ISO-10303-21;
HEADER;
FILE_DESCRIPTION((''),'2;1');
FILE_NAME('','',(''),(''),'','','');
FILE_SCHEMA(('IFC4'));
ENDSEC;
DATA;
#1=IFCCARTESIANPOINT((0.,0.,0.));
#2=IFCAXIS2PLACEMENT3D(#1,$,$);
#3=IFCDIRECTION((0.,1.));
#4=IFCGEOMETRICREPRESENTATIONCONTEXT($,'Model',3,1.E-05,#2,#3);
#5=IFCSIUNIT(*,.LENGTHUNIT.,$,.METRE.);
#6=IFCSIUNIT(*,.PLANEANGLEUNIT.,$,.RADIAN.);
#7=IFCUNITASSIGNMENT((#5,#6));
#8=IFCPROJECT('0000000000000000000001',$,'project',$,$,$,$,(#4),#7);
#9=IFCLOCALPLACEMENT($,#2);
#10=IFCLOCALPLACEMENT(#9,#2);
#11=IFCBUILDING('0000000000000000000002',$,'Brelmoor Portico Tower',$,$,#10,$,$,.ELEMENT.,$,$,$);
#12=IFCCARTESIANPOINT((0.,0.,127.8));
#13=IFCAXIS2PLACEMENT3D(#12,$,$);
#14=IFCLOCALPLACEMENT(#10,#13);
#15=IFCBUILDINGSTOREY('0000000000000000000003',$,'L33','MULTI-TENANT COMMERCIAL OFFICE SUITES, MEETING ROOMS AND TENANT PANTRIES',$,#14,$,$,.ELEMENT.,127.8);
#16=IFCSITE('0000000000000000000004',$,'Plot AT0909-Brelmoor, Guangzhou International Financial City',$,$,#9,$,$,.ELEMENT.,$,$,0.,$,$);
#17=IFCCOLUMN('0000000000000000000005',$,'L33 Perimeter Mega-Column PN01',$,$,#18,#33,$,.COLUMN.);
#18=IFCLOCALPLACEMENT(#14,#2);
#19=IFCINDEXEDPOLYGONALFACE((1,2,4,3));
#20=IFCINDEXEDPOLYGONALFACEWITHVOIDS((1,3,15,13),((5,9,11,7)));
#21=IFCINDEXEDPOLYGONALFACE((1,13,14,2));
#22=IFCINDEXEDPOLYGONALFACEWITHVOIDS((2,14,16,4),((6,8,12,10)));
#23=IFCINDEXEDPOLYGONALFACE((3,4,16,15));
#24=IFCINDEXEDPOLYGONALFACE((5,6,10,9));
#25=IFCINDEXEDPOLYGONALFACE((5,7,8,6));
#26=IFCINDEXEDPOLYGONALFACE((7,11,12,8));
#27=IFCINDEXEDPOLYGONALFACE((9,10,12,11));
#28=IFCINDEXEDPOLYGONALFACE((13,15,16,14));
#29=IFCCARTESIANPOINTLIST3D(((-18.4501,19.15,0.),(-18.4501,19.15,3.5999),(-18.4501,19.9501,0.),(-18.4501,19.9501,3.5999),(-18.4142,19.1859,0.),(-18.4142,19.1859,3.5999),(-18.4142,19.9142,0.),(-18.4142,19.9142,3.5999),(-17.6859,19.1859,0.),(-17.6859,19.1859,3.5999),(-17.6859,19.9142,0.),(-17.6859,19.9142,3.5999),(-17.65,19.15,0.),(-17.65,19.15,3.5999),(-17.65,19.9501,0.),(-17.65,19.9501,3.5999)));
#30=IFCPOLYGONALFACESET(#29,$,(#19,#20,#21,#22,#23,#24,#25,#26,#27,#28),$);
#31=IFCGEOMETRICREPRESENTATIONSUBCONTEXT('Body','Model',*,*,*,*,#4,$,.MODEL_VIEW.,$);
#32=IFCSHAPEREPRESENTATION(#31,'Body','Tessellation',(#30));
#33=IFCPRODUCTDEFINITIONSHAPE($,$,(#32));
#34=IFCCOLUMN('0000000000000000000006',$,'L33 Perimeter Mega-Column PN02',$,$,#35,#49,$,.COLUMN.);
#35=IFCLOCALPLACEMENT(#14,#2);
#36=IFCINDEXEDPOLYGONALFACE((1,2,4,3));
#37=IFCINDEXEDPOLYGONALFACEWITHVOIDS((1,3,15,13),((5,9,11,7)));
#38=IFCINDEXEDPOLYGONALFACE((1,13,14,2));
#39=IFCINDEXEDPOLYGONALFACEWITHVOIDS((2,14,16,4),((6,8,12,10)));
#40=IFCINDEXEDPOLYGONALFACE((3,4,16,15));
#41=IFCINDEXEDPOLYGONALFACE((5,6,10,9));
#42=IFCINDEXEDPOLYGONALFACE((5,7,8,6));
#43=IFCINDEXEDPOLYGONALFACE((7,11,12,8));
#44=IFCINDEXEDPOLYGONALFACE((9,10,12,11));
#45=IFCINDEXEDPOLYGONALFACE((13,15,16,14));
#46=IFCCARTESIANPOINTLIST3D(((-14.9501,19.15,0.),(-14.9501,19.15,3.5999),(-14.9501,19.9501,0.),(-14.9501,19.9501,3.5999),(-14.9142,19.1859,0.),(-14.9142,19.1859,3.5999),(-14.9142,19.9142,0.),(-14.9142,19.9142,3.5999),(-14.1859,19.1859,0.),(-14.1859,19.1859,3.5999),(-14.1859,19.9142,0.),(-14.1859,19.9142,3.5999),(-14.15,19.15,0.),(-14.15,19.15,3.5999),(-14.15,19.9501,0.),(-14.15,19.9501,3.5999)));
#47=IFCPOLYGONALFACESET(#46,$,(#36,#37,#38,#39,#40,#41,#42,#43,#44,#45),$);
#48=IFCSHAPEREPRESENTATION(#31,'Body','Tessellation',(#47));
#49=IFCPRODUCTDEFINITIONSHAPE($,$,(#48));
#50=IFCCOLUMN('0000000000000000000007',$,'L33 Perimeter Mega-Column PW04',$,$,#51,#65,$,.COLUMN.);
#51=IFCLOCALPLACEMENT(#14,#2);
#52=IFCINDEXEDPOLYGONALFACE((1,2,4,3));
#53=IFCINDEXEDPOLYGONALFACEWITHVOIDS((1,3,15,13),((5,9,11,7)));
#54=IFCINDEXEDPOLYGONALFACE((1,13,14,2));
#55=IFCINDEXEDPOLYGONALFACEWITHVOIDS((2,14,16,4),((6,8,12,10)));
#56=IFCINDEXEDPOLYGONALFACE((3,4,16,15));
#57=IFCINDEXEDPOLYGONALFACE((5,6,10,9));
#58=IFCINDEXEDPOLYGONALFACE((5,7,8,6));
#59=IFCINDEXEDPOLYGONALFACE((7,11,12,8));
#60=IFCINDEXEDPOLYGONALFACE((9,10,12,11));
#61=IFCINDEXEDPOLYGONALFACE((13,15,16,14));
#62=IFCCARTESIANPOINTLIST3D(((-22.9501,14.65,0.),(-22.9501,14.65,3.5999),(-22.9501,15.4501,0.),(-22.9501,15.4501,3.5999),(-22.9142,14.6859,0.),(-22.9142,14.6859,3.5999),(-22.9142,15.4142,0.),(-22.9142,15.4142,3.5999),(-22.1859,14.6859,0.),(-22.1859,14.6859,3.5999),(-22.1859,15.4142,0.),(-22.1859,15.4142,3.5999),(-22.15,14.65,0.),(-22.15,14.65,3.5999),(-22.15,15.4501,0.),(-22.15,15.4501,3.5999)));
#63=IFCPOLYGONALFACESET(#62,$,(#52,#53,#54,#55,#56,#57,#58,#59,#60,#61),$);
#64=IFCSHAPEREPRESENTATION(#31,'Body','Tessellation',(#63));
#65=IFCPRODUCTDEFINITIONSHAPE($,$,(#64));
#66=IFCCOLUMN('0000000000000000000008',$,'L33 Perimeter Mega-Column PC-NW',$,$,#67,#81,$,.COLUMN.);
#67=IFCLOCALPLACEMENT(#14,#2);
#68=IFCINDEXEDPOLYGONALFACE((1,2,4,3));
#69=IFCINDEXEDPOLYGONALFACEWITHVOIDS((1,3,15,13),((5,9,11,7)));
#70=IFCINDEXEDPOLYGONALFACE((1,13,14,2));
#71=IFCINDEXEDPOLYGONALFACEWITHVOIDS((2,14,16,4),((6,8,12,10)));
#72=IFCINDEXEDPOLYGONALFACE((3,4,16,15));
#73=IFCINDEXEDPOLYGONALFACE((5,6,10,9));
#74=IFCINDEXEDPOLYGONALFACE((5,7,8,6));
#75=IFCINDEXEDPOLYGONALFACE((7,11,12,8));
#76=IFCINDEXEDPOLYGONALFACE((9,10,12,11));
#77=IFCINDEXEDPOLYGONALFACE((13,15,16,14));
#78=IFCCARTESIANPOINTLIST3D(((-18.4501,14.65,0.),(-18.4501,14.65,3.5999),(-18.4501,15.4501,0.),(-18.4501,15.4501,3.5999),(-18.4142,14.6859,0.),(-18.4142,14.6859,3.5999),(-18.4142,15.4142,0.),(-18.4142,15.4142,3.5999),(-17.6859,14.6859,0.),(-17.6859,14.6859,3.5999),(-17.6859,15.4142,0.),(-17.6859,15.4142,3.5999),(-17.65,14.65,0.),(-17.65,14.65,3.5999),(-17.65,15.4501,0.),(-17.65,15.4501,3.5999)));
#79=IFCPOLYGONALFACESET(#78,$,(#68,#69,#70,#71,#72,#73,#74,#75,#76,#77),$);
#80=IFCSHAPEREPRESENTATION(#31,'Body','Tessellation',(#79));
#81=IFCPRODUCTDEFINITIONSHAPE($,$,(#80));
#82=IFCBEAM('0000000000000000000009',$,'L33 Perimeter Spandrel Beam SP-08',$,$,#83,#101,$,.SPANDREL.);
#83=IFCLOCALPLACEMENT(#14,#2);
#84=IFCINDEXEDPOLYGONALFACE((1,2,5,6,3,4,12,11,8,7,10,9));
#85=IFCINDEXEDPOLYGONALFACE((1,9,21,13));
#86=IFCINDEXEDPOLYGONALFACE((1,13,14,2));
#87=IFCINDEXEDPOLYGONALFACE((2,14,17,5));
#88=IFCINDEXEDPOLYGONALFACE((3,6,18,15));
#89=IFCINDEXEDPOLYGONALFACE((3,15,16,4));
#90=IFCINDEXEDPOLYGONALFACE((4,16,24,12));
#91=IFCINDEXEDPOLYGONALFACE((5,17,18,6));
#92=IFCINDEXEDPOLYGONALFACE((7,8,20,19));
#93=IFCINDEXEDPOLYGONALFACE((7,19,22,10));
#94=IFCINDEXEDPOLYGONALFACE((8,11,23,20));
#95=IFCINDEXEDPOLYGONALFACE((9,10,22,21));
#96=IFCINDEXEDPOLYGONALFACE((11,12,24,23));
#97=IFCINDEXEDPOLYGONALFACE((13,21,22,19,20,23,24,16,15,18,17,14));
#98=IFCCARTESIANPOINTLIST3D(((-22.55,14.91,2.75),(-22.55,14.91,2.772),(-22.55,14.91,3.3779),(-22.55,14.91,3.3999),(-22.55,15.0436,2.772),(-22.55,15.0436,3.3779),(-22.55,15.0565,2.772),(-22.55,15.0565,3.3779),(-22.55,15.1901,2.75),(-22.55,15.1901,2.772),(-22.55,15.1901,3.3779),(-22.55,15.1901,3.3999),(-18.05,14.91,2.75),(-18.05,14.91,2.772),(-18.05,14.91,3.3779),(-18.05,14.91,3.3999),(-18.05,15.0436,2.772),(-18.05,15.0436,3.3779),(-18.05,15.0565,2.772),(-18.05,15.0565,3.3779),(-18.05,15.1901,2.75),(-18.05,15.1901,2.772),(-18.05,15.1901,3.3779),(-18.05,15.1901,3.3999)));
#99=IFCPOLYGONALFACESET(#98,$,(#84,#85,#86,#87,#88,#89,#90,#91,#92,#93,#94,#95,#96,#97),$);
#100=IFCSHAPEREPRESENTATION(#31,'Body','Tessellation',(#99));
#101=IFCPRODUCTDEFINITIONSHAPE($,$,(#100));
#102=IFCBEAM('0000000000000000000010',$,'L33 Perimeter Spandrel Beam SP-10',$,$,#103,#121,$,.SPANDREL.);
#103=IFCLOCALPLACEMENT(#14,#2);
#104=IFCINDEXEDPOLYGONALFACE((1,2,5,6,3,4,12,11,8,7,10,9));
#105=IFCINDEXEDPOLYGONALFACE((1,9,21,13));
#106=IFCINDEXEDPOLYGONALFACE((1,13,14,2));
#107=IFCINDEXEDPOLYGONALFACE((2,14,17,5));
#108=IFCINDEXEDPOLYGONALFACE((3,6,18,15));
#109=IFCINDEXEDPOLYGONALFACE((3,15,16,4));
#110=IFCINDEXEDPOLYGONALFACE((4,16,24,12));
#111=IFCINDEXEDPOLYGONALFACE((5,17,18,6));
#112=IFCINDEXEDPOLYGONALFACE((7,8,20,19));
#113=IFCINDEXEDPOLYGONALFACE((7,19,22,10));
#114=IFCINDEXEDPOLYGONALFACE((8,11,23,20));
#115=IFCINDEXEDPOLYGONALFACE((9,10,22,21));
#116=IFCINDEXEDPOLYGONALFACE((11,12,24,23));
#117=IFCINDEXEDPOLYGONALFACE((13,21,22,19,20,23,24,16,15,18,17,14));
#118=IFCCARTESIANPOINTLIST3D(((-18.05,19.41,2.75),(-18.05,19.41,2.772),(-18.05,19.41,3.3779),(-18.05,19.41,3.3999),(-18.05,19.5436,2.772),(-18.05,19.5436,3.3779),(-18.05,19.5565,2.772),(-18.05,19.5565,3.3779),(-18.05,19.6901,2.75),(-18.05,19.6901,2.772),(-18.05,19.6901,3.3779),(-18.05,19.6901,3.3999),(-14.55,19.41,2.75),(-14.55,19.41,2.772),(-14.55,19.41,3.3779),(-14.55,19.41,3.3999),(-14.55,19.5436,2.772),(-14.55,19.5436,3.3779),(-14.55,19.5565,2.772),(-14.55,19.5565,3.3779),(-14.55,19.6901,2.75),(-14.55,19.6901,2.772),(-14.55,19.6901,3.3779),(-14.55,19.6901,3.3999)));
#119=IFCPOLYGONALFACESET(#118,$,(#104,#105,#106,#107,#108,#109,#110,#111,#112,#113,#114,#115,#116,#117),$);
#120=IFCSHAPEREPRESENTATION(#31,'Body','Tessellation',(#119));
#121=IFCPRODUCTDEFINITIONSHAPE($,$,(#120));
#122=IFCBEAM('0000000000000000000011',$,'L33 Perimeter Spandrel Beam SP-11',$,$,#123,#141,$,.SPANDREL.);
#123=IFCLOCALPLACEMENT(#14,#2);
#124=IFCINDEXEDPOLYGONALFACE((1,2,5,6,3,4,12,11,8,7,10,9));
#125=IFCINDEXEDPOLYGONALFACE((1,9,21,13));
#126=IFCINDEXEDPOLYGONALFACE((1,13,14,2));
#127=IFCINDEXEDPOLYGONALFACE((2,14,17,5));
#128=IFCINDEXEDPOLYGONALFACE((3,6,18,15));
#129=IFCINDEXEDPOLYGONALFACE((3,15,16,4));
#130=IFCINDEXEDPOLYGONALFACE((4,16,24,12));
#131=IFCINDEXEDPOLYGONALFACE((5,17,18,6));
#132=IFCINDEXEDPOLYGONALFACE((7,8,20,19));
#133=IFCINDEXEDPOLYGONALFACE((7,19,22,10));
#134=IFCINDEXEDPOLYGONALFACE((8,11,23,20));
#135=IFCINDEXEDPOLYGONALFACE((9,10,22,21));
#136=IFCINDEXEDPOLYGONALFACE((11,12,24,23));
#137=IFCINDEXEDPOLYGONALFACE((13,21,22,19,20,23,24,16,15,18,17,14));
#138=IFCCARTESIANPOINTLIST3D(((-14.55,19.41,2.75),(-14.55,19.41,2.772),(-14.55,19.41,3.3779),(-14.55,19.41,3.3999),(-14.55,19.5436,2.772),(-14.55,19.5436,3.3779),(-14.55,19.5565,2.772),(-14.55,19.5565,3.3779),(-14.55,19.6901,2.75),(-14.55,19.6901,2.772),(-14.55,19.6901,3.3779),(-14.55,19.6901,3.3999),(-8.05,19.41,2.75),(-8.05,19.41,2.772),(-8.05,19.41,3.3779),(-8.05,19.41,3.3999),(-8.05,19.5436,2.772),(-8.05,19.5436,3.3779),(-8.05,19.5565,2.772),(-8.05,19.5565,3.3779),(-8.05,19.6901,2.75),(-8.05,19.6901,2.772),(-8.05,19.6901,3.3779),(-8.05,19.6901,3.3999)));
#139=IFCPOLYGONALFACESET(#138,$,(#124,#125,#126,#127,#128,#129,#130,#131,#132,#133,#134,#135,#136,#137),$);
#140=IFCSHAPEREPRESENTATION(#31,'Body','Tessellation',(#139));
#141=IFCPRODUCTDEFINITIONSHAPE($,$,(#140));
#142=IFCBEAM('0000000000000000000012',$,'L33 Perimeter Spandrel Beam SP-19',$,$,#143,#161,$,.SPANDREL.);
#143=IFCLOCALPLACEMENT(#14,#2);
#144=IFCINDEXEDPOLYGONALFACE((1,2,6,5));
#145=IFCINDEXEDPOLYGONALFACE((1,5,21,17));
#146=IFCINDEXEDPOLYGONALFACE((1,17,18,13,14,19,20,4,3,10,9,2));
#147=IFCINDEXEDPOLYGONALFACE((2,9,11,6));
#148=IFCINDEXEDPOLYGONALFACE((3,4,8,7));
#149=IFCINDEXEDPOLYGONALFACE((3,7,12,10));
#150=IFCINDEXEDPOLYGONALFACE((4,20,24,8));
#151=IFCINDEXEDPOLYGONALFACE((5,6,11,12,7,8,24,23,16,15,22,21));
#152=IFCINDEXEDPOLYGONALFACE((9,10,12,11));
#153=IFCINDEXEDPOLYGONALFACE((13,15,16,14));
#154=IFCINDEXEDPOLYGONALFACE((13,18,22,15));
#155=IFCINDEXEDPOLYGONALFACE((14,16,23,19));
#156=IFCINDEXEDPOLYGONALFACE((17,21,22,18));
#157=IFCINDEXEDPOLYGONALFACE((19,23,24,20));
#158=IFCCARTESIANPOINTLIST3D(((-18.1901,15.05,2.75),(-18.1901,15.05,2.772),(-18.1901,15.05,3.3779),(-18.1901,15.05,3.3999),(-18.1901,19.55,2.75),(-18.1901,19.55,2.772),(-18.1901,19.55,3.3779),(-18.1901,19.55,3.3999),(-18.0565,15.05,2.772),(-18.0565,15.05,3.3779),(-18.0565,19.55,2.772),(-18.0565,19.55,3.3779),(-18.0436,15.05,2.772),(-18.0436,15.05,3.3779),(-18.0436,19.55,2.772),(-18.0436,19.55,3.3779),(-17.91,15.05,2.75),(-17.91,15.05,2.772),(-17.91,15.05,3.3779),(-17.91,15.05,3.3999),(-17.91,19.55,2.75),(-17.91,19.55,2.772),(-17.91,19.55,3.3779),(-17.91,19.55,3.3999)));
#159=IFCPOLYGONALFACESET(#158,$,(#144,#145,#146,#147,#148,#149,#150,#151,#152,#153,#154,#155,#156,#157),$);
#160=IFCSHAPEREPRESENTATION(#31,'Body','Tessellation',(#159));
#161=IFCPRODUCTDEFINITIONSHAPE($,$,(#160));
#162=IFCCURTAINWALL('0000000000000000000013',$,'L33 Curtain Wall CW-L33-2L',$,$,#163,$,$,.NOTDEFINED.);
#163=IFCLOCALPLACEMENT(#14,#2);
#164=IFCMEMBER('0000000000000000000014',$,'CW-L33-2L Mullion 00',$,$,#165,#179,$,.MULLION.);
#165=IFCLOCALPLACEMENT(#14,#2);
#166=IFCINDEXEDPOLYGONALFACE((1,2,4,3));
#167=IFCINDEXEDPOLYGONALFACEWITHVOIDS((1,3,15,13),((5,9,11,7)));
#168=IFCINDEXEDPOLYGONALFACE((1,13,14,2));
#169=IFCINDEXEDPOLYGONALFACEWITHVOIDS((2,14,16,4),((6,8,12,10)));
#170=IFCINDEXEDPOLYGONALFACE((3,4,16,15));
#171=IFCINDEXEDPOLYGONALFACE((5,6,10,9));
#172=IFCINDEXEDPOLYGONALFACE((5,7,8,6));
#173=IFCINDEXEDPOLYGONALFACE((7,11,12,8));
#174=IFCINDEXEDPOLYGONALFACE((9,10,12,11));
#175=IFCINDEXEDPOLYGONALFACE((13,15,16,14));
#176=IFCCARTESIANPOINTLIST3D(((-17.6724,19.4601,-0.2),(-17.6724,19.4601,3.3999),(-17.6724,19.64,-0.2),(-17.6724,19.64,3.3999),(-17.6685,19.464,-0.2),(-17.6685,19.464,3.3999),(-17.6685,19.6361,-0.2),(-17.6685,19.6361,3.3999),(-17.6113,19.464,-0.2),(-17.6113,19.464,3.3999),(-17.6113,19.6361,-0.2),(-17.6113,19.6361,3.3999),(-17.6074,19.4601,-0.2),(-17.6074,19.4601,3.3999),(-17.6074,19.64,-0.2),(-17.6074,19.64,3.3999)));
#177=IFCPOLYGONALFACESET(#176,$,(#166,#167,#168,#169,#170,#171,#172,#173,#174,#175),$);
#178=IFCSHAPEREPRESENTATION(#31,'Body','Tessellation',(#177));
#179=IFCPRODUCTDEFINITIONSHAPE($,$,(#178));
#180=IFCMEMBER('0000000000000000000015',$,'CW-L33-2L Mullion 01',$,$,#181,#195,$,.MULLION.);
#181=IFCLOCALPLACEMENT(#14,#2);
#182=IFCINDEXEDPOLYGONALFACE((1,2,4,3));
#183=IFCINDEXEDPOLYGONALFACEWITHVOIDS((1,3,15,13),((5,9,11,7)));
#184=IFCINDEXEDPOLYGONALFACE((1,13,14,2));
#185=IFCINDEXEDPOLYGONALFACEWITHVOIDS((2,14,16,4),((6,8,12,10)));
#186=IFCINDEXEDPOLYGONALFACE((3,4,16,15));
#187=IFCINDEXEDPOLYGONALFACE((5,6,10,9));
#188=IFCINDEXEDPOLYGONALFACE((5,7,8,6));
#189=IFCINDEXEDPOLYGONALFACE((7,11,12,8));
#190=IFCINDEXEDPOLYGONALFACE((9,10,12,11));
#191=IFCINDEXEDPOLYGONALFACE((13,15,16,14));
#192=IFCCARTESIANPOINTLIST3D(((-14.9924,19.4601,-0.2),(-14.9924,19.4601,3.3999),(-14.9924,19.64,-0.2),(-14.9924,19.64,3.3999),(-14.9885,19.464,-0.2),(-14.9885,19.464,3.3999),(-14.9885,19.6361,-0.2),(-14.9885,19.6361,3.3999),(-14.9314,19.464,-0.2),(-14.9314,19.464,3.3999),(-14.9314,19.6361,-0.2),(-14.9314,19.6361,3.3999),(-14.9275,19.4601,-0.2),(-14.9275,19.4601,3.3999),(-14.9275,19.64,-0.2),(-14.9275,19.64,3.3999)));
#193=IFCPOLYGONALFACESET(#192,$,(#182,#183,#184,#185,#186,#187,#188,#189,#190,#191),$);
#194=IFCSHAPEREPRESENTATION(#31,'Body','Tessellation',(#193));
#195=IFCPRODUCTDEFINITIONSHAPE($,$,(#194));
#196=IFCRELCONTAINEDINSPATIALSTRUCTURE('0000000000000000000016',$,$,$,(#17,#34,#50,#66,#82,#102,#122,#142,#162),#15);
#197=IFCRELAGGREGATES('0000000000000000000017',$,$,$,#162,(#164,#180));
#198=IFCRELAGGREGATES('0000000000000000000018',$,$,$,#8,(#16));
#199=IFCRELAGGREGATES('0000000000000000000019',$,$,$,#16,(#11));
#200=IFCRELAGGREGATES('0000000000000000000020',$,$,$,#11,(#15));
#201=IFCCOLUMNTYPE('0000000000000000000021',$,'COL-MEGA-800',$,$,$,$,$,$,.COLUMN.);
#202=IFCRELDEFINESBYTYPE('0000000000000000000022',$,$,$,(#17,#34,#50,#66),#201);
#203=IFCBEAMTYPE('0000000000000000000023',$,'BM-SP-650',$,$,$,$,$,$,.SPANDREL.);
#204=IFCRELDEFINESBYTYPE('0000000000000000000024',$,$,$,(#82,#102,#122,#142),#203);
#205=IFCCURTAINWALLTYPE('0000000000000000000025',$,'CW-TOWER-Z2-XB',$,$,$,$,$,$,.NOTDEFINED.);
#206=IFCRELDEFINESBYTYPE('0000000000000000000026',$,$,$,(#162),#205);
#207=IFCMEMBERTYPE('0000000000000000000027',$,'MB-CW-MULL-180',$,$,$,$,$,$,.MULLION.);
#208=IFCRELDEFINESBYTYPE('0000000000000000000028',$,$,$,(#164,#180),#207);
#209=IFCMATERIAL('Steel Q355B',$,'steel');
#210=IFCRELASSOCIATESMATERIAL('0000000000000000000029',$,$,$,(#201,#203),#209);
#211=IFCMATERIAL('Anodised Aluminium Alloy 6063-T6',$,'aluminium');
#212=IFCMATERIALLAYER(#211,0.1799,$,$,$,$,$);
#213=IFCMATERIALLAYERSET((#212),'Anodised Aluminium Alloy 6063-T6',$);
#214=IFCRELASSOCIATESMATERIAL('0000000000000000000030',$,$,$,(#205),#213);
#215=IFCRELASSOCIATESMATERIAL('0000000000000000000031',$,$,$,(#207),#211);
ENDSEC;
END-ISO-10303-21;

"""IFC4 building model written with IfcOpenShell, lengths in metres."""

from ifc_helpers import new_model, si_unit, direction, frame, origin, origin_2d, place, context, subcontext, project, spatial, hollow_rectangle, i_section, extrude, material, layer, layer_set, material_profile, profile_set, type_object, element, aggregate, save


model = new_model("IFC4")

# Units and contexts
model_context = context("Model", 3, precision=1e-05, world=origin(), true_north=direction((0.0, 1.0)))
body_context = subcontext(model_context, "Body", "Model", "MODEL_VIEW")
ifc_project = project(units=[si_unit("LENGTHUNIT", "METRE"), si_unit("PLANEANGLEUNIT", "RADIAN")], contexts=[model_context])

# Site, building, storey
site_placement = place(None, origin())
site = spatial("IfcSite", under=ifc_project, at=site_placement, Name="Plot AT0909-Brelmoor, Guangzhou International Financial City", CompositionType="ELEMENT", RefElevation=0.0)
building_placement = place(site_placement, origin())
building = spatial("IfcBuilding", under=site, at=building_placement, Name="Brelmoor Portico Tower", CompositionType="ELEMENT")
storey_placement = place(building_placement, frame((0.0, 0.0, 127.8)))
storey = spatial("IfcBuildingStorey", under=building, at=storey_placement, Name="L33", Description="MULTI-TENANT COMMERCIAL OFFICE SUITES, MEETING ROOMS AND TENANT PANTRIES", CompositionType="ELEMENT", Elevation=127.8)

# Columns
ifc_material_1 = material(Name="Steel Q355B", Category="steel")
ifc_material_profile_1 = material_profile(ifc_material_1, hollow_rectangle(XDim=0.8, YDim=0.8, WallThickness=0.0359, at=origin_2d()), Name="BOX 800x800x36")
ifc_profile_set_1 = profile_set([ifc_material_profile_1], Name="Steel Q355B")
column_type = type_object("IfcColumnType", Name="COL-MEGA-800", PredefinedType="COLUMN", material=ifc_profile_set_1)
for number, where, z_axis, x_axis, name in (
    (1, (-18.05, 19.55, 0.0), (0.0, 0.0, 1.0), (1.0, 0.0, 0.0), "L33 Perimeter Mega-Column PN01"),
    (2, (-14.55, 19.55, 0.0), (0.0, 0.0, 1.0), (1.0, 0.0, 0.0), "L33 Perimeter Mega-Column PN02"),
    (3, (-22.55, 15.05, 0.0), (0.0, 0.0, 1.0), (0.0, 1.0, 0.0), "L33 Perimeter Mega-Column PW04"),
    (4, (-18.05, 15.05, 0.0), (0.0, 0.0, 1.0), (1.0, 0.0, 0.0), "L33 Perimeter Mega-Column PC-NW"),
):
    element("IfcColumn", number, at=place(storey_placement, frame(where, z_axis=z_axis, x_axis=x_axis)), inside=storey, type_object=column_type, Name=name, PredefinedType="COLUMN", context=body_context, shape_type="SweptSolid", body=[
        extrude(hollow_rectangle(XDim=0.8, YDim=0.8, WallThickness=0.0359, at=origin_2d()), origin(), (0.0, 0.0, 1.0), 3.5999),
    ])

# Beams
ifc_material_profile_2 = material_profile(ifc_material_1, i_section(OverallWidth=0.28, OverallDepth=0.6499, WebThickness=0.0129, FlangeThickness=0.022, at=origin_2d()), Name="HN 650x280x13x22")
ifc_profile_set_2 = profile_set([ifc_material_profile_2], Name="Steel Q355B")
beam_type = type_object("IfcBeamType", Name="BM-SP-650", PredefinedType="SPANDREL", material=ifc_profile_set_2)
beam_1_placement = place(storey_placement, frame((-22.55, 15.05, 3.075), z_axis=(1.0, 0.0, 0.0), x_axis=(0.0, 1.0, 0.0)))
element("IfcBeam", 5, at=beam_1_placement, inside=storey, type_object=beam_type, Name="L33 Perimeter Spandrel Beam SP-08", PredefinedType="SPANDREL", context=body_context, shape_type="SweptSolid", body=[
    extrude(i_section(OverallWidth=0.28, OverallDepth=0.6499, WebThickness=0.0129, FlangeThickness=0.022, at=origin_2d()), origin(), (0.0, 0.0, 1.0), 4.5),
])
beam_2_placement = place(storey_placement, frame((-18.05, 19.55, 3.075), z_axis=(1.0, 0.0, 0.0), x_axis=(0.0, 1.0, 0.0)))
element("IfcBeam", 6, at=beam_2_placement, inside=storey, type_object=beam_type, Name="L33 Perimeter Spandrel Beam SP-10", PredefinedType="SPANDREL", context=body_context, shape_type="SweptSolid", body=[
    extrude(i_section(OverallWidth=0.28, OverallDepth=0.6499, WebThickness=0.0129, FlangeThickness=0.022, at=origin_2d()), origin(), (0.0, 0.0, 1.0), 3.5),
])
beam_3_placement = place(storey_placement, frame((-14.55, 19.55, 3.075), z_axis=(1.0, 0.0, 0.0), x_axis=(0.0, 1.0, 0.0)))
element("IfcBeam", 7, at=beam_3_placement, inside=storey, type_object=beam_type, Name="L33 Perimeter Spandrel Beam SP-11", PredefinedType="SPANDREL", context=body_context, shape_type="SweptSolid", body=[
    extrude(i_section(OverallWidth=0.28, OverallDepth=0.6499, WebThickness=0.0129, FlangeThickness=0.022, at=origin_2d()), origin(), (0.0, 0.0, 1.0), 6.5),
])
beam_4_placement = place(storey_placement, frame((-18.05, 15.05, 3.075), z_axis=(0.0, 1.0, 0.0), x_axis=(-1.0, 0.0, 0.0)))
element("IfcBeam", 8, at=beam_4_placement, inside=storey, type_object=beam_type, Name="L33 Perimeter Spandrel Beam SP-19", PredefinedType="SPANDREL", context=body_context, shape_type="SweptSolid", body=[
    extrude(i_section(OverallWidth=0.28, OverallDepth=0.6499, WebThickness=0.0129, FlangeThickness=0.022, at=origin_2d()), origin(), (0.0, 0.0, 1.0), 4.5),
])

# Curtain wall, members
ifc_material_2 = material(Name="Anodised Aluminium Alloy 6063-T6", Category="aluminium")
ifc_layer_1 = layer(ifc_material_2, 0.1799)
ifc_layer_set_1 = layer_set([ifc_layer_1], Name="Anodised Aluminium Alloy 6063-T6")
curtain_wall_type = type_object("IfcCurtainWallType", Name="CW-TOWER-Z2-XB", PredefinedType="NOTDEFINED", material=ifc_layer_set_1)
curtain_wall_1_placement = place(storey_placement, origin())
curtain_wall_1 = element("IfcCurtainWall", 9, at=curtain_wall_1_placement, inside=storey, type_object=curtain_wall_type, Name="L33 Curtain Wall CW-L33-2L", PredefinedType="NOTDEFINED")
ifc_material_profile_3 = material_profile(ifc_material_2, hollow_rectangle(XDim=0.0649, YDim=0.1799, WallThickness=0.0039, at=origin_2d()), Name="ALU MULLION 65x180")
ifc_profile_set_3 = profile_set([ifc_material_profile_3], Name="Anodised Aluminium Alloy 6063-T6")
member_type_1 = type_object("IfcMemberType", Name="MB-CW-MULL-180", PredefinedType="MULLION", material=ifc_profile_set_3)
member_1_placement = place(storey_placement, frame((-17.6399, 19.55, -0.2), z_axis=(0.0, 0.0, 1.0), x_axis=(1.0, 0.0, 0.0)))
member_1 = element("IfcMember", 10, at=member_1_placement, type_object=member_type_1, Name="CW-L33-2L Mullion 00", PredefinedType="MULLION", context=body_context, shape_type="SweptSolid", body=[
    extrude(hollow_rectangle(XDim=0.0649, YDim=0.1799, WallThickness=0.0039, at=origin_2d()), origin(), (0.0, 0.0, 1.0), 3.5999),
])
member_2_placement = place(storey_placement, frame((-14.96, 19.55, -0.2), z_axis=(0.0, 0.0, 1.0), x_axis=(1.0, 0.0, 0.0)))
member_2 = element("IfcMember", 11, at=member_2_placement, type_object=member_type_1, Name="CW-L33-2L Mullion 01", PredefinedType="MULLION", context=body_context, shape_type="SweptSolid", body=[
    extrude(hollow_rectangle(XDim=0.0649, YDim=0.1799, WallThickness=0.0039, at=origin_2d()), origin(), (0.0, 0.0, 1.0), 3.5999),
])

aggregate(curtain_wall_1, [member_1, member_2])

save(model, "model.ifc")
